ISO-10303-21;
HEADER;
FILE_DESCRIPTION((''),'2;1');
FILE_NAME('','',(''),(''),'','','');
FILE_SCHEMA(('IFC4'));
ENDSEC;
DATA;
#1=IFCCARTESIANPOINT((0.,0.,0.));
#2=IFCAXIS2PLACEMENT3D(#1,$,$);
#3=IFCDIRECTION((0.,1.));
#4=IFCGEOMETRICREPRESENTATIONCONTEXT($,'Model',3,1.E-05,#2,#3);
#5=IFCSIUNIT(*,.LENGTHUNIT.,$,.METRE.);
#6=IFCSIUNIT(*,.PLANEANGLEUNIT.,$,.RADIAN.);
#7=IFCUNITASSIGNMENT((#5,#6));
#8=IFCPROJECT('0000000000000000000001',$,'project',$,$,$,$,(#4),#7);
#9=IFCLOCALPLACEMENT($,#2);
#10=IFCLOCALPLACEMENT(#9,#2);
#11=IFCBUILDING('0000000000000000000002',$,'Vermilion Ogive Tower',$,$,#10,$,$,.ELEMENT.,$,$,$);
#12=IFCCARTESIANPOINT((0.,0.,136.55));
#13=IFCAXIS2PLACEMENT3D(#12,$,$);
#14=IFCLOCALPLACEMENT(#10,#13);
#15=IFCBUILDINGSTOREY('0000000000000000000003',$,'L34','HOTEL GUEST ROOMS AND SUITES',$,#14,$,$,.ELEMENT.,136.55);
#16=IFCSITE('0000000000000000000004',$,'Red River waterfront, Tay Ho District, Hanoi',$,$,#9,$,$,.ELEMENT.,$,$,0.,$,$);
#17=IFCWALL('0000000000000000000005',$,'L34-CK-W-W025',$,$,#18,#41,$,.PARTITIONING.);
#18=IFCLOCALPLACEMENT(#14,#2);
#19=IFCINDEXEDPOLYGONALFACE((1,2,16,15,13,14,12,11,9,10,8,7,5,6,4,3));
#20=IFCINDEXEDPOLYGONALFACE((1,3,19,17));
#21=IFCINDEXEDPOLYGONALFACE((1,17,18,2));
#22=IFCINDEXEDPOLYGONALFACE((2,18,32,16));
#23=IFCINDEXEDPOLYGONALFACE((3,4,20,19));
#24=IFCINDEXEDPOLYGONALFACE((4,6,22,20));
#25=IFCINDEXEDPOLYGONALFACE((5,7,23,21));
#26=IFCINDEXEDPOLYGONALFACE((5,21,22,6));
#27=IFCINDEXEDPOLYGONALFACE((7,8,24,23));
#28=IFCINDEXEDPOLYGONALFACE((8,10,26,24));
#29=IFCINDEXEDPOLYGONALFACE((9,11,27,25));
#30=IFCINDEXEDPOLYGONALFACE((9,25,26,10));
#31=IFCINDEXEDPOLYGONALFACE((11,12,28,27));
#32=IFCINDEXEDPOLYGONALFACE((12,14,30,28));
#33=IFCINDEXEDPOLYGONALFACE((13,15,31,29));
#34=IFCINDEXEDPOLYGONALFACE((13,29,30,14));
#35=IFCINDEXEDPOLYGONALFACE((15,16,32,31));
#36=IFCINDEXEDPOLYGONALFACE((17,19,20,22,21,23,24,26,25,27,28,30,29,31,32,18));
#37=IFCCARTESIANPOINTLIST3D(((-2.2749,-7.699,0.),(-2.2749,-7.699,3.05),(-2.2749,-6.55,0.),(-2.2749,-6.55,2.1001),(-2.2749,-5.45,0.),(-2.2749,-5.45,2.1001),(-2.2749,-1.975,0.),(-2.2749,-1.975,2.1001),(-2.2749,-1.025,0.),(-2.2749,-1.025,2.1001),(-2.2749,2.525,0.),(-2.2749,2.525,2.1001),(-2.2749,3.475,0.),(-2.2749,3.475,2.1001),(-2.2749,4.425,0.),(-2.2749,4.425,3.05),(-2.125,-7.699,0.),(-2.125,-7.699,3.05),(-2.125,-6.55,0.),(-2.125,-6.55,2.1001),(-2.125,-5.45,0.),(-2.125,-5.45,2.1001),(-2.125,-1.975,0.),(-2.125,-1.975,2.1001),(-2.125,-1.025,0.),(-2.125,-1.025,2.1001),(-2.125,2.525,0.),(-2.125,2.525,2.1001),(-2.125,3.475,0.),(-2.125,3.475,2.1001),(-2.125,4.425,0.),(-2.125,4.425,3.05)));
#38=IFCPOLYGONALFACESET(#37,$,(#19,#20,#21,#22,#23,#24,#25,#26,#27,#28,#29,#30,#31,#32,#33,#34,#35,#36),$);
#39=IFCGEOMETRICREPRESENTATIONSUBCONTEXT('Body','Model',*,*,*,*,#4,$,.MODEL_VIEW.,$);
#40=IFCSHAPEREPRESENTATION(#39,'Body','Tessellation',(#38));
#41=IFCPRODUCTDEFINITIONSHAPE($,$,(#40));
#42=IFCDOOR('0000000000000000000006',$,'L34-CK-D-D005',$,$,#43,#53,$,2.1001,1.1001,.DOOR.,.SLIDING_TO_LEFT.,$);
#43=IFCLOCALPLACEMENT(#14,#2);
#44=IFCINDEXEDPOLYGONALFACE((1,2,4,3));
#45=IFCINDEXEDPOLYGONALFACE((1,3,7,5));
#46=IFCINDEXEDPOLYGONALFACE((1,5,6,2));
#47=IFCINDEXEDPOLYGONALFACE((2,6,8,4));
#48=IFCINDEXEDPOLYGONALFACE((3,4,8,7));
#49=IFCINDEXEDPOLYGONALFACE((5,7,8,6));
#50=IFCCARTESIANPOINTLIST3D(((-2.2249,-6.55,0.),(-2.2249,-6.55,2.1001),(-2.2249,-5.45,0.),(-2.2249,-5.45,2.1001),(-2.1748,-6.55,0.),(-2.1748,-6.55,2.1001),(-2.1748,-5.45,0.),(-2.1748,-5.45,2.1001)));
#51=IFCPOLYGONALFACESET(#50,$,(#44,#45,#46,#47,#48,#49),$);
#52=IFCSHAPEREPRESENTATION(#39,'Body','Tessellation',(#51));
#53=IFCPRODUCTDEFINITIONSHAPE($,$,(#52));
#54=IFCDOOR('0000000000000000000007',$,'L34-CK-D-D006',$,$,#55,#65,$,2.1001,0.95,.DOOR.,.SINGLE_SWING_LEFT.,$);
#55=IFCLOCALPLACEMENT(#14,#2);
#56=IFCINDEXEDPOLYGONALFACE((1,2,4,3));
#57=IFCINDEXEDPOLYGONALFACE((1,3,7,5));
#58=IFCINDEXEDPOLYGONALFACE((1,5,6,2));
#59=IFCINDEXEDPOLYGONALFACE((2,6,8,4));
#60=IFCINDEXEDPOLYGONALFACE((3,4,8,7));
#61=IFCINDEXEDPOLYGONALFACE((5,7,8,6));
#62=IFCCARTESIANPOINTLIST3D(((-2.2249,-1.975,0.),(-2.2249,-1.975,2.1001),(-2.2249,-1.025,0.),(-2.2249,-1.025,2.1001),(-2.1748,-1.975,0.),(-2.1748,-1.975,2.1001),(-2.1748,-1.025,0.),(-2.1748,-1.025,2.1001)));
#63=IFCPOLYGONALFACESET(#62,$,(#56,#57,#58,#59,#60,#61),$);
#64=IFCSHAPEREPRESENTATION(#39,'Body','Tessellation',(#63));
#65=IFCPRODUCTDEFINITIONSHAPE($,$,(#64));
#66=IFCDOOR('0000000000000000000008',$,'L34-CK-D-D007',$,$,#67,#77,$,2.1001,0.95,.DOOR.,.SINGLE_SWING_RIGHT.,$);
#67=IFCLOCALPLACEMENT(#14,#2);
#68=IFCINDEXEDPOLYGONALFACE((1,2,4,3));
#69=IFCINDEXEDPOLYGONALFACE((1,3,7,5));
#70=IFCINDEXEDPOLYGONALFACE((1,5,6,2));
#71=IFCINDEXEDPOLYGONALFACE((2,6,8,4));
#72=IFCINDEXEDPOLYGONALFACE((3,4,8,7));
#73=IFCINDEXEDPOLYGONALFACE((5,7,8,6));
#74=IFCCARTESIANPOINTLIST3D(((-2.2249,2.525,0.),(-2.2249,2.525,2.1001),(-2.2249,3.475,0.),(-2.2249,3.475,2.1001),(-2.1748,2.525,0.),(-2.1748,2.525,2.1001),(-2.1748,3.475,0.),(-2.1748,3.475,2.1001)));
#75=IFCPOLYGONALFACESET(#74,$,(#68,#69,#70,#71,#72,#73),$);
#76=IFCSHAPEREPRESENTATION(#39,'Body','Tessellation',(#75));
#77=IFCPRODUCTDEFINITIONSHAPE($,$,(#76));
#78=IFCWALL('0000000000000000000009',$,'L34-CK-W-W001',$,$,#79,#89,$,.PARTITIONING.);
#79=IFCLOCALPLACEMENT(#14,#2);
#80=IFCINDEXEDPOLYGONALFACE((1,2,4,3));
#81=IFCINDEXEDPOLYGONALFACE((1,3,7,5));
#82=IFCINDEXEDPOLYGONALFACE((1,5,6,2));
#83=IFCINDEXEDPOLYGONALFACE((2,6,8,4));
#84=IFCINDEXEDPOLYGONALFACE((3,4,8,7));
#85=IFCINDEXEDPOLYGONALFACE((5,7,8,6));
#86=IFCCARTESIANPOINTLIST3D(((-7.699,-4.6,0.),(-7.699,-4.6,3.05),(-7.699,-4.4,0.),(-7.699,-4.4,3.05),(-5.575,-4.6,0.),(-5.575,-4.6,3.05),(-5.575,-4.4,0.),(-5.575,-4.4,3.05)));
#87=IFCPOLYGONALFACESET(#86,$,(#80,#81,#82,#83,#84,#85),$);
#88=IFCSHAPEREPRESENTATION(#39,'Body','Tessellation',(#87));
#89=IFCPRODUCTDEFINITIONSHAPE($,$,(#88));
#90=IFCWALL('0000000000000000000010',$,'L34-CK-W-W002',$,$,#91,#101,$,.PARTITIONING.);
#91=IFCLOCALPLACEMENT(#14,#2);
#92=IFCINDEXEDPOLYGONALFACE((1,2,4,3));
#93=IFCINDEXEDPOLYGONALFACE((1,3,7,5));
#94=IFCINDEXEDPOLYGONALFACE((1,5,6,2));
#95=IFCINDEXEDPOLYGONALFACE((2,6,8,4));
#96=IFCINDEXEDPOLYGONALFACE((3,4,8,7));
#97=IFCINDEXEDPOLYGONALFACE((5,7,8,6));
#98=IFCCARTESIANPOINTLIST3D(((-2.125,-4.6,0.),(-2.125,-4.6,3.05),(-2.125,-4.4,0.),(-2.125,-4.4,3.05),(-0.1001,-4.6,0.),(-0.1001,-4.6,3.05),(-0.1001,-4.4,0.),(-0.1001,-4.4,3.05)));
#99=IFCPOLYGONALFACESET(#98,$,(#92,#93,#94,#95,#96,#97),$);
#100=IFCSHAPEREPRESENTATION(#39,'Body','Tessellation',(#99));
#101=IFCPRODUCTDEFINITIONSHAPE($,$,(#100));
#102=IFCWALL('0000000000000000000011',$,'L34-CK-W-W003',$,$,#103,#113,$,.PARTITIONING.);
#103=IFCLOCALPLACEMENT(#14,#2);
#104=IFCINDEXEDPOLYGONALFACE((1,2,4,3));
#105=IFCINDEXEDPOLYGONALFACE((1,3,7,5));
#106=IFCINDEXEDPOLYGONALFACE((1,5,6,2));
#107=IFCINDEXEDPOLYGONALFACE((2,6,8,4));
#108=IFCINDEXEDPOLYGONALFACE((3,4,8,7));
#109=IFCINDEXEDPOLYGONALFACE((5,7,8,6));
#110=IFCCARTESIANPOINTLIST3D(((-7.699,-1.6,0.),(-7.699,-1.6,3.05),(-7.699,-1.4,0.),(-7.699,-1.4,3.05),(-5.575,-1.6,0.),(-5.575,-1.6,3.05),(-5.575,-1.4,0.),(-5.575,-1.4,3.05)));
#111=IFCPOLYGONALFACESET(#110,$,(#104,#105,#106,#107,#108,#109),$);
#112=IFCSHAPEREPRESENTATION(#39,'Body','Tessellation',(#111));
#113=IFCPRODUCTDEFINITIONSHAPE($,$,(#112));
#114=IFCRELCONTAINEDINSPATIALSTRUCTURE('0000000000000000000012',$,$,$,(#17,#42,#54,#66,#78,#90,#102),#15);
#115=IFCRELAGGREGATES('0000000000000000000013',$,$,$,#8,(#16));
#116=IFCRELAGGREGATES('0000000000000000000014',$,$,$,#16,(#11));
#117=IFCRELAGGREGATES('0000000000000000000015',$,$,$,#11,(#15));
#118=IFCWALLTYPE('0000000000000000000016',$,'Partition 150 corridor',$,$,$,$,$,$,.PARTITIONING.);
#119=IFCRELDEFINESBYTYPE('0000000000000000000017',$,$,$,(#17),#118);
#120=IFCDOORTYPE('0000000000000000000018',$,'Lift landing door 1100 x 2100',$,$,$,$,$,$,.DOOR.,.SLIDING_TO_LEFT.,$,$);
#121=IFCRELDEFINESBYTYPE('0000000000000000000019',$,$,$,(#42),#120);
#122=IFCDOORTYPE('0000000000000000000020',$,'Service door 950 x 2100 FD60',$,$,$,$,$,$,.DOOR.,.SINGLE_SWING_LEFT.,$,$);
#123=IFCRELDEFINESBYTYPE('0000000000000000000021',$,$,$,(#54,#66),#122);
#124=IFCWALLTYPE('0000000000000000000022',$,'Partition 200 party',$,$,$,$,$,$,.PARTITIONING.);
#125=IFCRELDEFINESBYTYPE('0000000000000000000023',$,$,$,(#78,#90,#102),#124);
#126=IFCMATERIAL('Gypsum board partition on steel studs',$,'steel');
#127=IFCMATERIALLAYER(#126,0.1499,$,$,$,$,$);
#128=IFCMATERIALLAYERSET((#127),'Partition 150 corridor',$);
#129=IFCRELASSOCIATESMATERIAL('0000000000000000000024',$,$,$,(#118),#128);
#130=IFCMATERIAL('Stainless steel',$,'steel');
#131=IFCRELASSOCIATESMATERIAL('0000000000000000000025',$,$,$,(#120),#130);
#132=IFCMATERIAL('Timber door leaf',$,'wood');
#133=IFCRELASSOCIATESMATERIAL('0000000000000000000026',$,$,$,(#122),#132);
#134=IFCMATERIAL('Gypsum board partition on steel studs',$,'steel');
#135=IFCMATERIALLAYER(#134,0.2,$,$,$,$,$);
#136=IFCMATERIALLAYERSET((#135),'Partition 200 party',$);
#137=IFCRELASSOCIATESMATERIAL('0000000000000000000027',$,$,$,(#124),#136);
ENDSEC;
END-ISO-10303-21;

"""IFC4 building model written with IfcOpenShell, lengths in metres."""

from ifc_helpers import new_model, si_unit, direction, frame, frame_2d, origin, place, context, subcontext, project, spatial, rectangle, extrude, material, layer, layer_set, type_object, element, fill, save


model = new_model("IFC4")

# Units and contexts
model_context = context("Model", 3, precision=1e-05, world=origin(), true_north=direction((0.0, 1.0)))
body_context = subcontext(model_context, "Body", "Model", "MODEL_VIEW")
ifc_project = project(units=[si_unit("LENGTHUNIT", "METRE"), si_unit("PLANEANGLEUNIT", "RADIAN")], contexts=[model_context])

# Site, building, storey
site_placement = place(None, origin())
site = spatial("IfcSite", under=ifc_project, at=site_placement, Name="Red River waterfront, Tay Ho District, Hanoi", CompositionType="ELEMENT", RefElevation=0.0)
building_placement = place(site_placement, origin())
building = spatial("IfcBuilding", under=site, at=building_placement, Name="Vermilion Ogive Tower", CompositionType="ELEMENT")
storey_placement = place(building_placement, frame((0.0, 0.0, 136.55)))
storey = spatial("IfcBuildingStorey", under=building, at=storey_placement, Name="L34", Description="HOTEL GUEST ROOMS AND SUITES", CompositionType="ELEMENT", Elevation=136.55)

# Wall, openings, doors
ifc_material_1 = material(Name="Gypsum board partition on steel studs", Category="steel")
ifc_layer_1 = layer(ifc_material_1, 0.1499)
ifc_layer_set_1 = layer_set([ifc_layer_1], Name="Partition 150 corridor")
wall_type_1 = type_object("IfcWallType", Name="Partition 150 corridor", PredefinedType="PARTITIONING", material=ifc_layer_set_1)
ifc_material_2 = material(Name="Stainless steel", Category="steel")
door_type_1 = type_object("IfcDoorType", Name="Lift landing door 1100 x 2100", OperationType="SLIDING_TO_LEFT", PredefinedType="DOOR", material=ifc_material_2)
wall_1_placement = place(storey_placement, frame((-2.2, -7.699, 0.0), z_axis=(0.0, 0.0, 1.0), x_axis=(0.0, 1.0, 0.0)))
wall_1 = element("IfcWall", 1, at=wall_1_placement, inside=storey, type_object=wall_type_1, Name="L34-CK-W-W025", PredefinedType="PARTITIONING", context=body_context, shape_type="SweptSolid", body=[
    extrude(rectangle(XDim=12.124, YDim=0.1499, at=frame_2d((6.062, 0.0))), origin(), (0.0, 0.0, 1.0), 3.05),
])
opening_1_placement = place(wall_1_placement, frame((1.1489, 0.0, 0.0)))
opening_1 = element("IfcOpeningElement", 2, at=opening_1_placement, cuts=wall_1, PredefinedType="OPENING", context=body_context, shape_type="SweptSolid", body=[
    extrude(rectangle(XDim=1.1001, YDim=2.1001, at=frame_2d((0.55, 1.05))), frame((0.0, 0.085, 0.0), z_axis=(0.0, -1.0, 0.0), x_axis=(1.0, 0.0, 0.0)), (0.0, 0.0, 1.0), 0.1699),
])
opening_2_placement = place(wall_1_placement, frame((5.7239, 0.0, 0.0)))
opening_2 = element("IfcOpeningElement", 3, at=opening_2_placement, cuts=wall_1, PredefinedType="OPENING", context=body_context, shape_type="SweptSolid", body=[
    extrude(rectangle(XDim=0.95, YDim=2.1001, at=frame_2d((0.4751, 1.05))), frame((0.0, 0.085, 0.0), z_axis=(0.0, -1.0, 0.0), x_axis=(1.0, 0.0, 0.0)), (0.0, 0.0, 1.0), 0.1699),
])
opening_3_placement = place(wall_1_placement, frame((10.2239, 0.0, 0.0)))
opening_3 = element("IfcOpeningElement", 4, at=opening_3_placement, cuts=wall_1, PredefinedType="OPENING", context=body_context, shape_type="SweptSolid", body=[
    extrude(rectangle(XDim=0.95, YDim=2.1001, at=frame_2d((0.4751, 1.05))), frame((0.0, 0.085, 0.0), z_axis=(0.0, -1.0, 0.0), x_axis=(1.0, 0.0, 0.0)), (0.0, 0.0, 1.0), 0.1699),
])
door_1_placement = place(opening_1_placement, origin())
door_1 = element("IfcDoor", 5, at=door_1_placement, inside=storey, type_object=door_type_1, Name="L34-CK-D-D005", OperationType="SLIDING_TO_LEFT", OverallHeight=2.1001, OverallWidth=1.1001, PredefinedType="DOOR", context=body_context, shape_type="SweptSolid", body=[
    extrude(rectangle(XDim=1.1001, YDim=2.1001, at=frame_2d((0.55, 1.05))), frame((0.0, 0.0249, 0.0), z_axis=(0.0, -1.0, 0.0), x_axis=(1.0, 0.0, 0.0)), (0.0, 0.0, 1.0), 0.05),
])
fill(opening_1, door_1)
ifc_material_3 = material(Name="Timber door leaf", Category="wood")
door_type_2 = type_object("IfcDoorType", Name="Service door 950 x 2100 FD60", OperationType="SINGLE_SWING_LEFT", PredefinedType="DOOR", material=ifc_material_3)
door_2_placement = place(opening_2_placement, origin())
door_2 = element("IfcDoor", 6, at=door_2_placement, inside=storey, type_object=door_type_2, Name="L34-CK-D-D006", OperationType="SINGLE_SWING_LEFT", OverallHeight=2.1001, OverallWidth=0.95, PredefinedType="DOOR", context=body_context, shape_type="SweptSolid", body=[
    extrude(rectangle(XDim=0.95, YDim=2.1001, at=frame_2d((0.4751, 1.05))), frame((0.0, 0.0249, 0.0), z_axis=(0.0, -1.0, 0.0), x_axis=(1.0, 0.0, 0.0)), (0.0, 0.0, 1.0), 0.05),
])
fill(opening_2, door_2)
door_3_placement = place(opening_3_placement, origin())
door_3 = element("IfcDoor", 7, at=door_3_placement, inside=storey, type_object=door_type_2, Name="L34-CK-D-D007", OperationType="SINGLE_SWING_RIGHT", OverallHeight=2.1001, OverallWidth=0.95, PredefinedType="DOOR", context=body_context, shape_type="SweptSolid", body=[
    extrude(rectangle(XDim=0.95, YDim=2.1001, at=frame_2d((0.4751, 1.05))), frame((0.0, 0.0249, 0.0), z_axis=(0.0, -1.0, 0.0), x_axis=(1.0, 0.0, 0.0)), (0.0, 0.0, 1.0), 0.05),
])
fill(opening_3, door_3)

# Walls
ifc_material_4 = material(Name="Gypsum board partition on steel studs", Category="steel")
ifc_layer_2 = layer(ifc_material_4, 0.2)
ifc_layer_set_2 = layer_set([ifc_layer_2], Name="Partition 200 party")
wall_type_2 = type_object("IfcWallType", Name="Partition 200 party", PredefinedType="PARTITIONING", material=ifc_layer_set_2)
wall_2_placement = place(storey_placement, frame((-7.699, -4.5, 0.0), z_axis=(0.0, 0.0, 1.0), x_axis=(1.0, 0.0, 0.0)))
element("IfcWall", 8, at=wall_2_placement, inside=storey, type_object=wall_type_2, Name="L34-CK-W-W001", PredefinedType="PARTITIONING", context=body_context, shape_type="SweptSolid", body=[
    extrude(rectangle(XDim=2.124, YDim=0.2, at=frame_2d((1.062, 0.0))), origin(), (0.0, 0.0, 1.0), 3.05),
])
wall_3_placement = place(storey_placement, frame((-2.125, -4.5, 0.0), z_axis=(0.0, 0.0, 1.0), x_axis=(1.0, 0.0, 0.0)))
element("IfcWall", 9, at=wall_3_placement, inside=storey, type_object=wall_type_2, Name="L34-CK-W-W002", PredefinedType="PARTITIONING", context=body_context, shape_type="SweptSolid", body=[
    extrude(rectangle(XDim=2.0249, YDim=0.2, at=frame_2d((1.0125, 0.0))), origin(), (0.0, 0.0, 1.0), 3.05),
])
wall_4_placement = place(storey_placement, frame((-7.699, -1.5, 0.0), z_axis=(0.0, 0.0, 1.0), x_axis=(1.0, 0.0, 0.0)))
element("IfcWall", 10, at=wall_4_placement, inside=storey, type_object=wall_type_2, Name="L34-CK-W-W003", PredefinedType="PARTITIONING", context=body_context, shape_type="SweptSolid", body=[
    extrude(rectangle(XDim=2.124, YDim=0.2, at=frame_2d((1.062, 0.0))), origin(), (0.0, 0.0, 1.0), 3.05),
])

save(model, "model.ifc")
